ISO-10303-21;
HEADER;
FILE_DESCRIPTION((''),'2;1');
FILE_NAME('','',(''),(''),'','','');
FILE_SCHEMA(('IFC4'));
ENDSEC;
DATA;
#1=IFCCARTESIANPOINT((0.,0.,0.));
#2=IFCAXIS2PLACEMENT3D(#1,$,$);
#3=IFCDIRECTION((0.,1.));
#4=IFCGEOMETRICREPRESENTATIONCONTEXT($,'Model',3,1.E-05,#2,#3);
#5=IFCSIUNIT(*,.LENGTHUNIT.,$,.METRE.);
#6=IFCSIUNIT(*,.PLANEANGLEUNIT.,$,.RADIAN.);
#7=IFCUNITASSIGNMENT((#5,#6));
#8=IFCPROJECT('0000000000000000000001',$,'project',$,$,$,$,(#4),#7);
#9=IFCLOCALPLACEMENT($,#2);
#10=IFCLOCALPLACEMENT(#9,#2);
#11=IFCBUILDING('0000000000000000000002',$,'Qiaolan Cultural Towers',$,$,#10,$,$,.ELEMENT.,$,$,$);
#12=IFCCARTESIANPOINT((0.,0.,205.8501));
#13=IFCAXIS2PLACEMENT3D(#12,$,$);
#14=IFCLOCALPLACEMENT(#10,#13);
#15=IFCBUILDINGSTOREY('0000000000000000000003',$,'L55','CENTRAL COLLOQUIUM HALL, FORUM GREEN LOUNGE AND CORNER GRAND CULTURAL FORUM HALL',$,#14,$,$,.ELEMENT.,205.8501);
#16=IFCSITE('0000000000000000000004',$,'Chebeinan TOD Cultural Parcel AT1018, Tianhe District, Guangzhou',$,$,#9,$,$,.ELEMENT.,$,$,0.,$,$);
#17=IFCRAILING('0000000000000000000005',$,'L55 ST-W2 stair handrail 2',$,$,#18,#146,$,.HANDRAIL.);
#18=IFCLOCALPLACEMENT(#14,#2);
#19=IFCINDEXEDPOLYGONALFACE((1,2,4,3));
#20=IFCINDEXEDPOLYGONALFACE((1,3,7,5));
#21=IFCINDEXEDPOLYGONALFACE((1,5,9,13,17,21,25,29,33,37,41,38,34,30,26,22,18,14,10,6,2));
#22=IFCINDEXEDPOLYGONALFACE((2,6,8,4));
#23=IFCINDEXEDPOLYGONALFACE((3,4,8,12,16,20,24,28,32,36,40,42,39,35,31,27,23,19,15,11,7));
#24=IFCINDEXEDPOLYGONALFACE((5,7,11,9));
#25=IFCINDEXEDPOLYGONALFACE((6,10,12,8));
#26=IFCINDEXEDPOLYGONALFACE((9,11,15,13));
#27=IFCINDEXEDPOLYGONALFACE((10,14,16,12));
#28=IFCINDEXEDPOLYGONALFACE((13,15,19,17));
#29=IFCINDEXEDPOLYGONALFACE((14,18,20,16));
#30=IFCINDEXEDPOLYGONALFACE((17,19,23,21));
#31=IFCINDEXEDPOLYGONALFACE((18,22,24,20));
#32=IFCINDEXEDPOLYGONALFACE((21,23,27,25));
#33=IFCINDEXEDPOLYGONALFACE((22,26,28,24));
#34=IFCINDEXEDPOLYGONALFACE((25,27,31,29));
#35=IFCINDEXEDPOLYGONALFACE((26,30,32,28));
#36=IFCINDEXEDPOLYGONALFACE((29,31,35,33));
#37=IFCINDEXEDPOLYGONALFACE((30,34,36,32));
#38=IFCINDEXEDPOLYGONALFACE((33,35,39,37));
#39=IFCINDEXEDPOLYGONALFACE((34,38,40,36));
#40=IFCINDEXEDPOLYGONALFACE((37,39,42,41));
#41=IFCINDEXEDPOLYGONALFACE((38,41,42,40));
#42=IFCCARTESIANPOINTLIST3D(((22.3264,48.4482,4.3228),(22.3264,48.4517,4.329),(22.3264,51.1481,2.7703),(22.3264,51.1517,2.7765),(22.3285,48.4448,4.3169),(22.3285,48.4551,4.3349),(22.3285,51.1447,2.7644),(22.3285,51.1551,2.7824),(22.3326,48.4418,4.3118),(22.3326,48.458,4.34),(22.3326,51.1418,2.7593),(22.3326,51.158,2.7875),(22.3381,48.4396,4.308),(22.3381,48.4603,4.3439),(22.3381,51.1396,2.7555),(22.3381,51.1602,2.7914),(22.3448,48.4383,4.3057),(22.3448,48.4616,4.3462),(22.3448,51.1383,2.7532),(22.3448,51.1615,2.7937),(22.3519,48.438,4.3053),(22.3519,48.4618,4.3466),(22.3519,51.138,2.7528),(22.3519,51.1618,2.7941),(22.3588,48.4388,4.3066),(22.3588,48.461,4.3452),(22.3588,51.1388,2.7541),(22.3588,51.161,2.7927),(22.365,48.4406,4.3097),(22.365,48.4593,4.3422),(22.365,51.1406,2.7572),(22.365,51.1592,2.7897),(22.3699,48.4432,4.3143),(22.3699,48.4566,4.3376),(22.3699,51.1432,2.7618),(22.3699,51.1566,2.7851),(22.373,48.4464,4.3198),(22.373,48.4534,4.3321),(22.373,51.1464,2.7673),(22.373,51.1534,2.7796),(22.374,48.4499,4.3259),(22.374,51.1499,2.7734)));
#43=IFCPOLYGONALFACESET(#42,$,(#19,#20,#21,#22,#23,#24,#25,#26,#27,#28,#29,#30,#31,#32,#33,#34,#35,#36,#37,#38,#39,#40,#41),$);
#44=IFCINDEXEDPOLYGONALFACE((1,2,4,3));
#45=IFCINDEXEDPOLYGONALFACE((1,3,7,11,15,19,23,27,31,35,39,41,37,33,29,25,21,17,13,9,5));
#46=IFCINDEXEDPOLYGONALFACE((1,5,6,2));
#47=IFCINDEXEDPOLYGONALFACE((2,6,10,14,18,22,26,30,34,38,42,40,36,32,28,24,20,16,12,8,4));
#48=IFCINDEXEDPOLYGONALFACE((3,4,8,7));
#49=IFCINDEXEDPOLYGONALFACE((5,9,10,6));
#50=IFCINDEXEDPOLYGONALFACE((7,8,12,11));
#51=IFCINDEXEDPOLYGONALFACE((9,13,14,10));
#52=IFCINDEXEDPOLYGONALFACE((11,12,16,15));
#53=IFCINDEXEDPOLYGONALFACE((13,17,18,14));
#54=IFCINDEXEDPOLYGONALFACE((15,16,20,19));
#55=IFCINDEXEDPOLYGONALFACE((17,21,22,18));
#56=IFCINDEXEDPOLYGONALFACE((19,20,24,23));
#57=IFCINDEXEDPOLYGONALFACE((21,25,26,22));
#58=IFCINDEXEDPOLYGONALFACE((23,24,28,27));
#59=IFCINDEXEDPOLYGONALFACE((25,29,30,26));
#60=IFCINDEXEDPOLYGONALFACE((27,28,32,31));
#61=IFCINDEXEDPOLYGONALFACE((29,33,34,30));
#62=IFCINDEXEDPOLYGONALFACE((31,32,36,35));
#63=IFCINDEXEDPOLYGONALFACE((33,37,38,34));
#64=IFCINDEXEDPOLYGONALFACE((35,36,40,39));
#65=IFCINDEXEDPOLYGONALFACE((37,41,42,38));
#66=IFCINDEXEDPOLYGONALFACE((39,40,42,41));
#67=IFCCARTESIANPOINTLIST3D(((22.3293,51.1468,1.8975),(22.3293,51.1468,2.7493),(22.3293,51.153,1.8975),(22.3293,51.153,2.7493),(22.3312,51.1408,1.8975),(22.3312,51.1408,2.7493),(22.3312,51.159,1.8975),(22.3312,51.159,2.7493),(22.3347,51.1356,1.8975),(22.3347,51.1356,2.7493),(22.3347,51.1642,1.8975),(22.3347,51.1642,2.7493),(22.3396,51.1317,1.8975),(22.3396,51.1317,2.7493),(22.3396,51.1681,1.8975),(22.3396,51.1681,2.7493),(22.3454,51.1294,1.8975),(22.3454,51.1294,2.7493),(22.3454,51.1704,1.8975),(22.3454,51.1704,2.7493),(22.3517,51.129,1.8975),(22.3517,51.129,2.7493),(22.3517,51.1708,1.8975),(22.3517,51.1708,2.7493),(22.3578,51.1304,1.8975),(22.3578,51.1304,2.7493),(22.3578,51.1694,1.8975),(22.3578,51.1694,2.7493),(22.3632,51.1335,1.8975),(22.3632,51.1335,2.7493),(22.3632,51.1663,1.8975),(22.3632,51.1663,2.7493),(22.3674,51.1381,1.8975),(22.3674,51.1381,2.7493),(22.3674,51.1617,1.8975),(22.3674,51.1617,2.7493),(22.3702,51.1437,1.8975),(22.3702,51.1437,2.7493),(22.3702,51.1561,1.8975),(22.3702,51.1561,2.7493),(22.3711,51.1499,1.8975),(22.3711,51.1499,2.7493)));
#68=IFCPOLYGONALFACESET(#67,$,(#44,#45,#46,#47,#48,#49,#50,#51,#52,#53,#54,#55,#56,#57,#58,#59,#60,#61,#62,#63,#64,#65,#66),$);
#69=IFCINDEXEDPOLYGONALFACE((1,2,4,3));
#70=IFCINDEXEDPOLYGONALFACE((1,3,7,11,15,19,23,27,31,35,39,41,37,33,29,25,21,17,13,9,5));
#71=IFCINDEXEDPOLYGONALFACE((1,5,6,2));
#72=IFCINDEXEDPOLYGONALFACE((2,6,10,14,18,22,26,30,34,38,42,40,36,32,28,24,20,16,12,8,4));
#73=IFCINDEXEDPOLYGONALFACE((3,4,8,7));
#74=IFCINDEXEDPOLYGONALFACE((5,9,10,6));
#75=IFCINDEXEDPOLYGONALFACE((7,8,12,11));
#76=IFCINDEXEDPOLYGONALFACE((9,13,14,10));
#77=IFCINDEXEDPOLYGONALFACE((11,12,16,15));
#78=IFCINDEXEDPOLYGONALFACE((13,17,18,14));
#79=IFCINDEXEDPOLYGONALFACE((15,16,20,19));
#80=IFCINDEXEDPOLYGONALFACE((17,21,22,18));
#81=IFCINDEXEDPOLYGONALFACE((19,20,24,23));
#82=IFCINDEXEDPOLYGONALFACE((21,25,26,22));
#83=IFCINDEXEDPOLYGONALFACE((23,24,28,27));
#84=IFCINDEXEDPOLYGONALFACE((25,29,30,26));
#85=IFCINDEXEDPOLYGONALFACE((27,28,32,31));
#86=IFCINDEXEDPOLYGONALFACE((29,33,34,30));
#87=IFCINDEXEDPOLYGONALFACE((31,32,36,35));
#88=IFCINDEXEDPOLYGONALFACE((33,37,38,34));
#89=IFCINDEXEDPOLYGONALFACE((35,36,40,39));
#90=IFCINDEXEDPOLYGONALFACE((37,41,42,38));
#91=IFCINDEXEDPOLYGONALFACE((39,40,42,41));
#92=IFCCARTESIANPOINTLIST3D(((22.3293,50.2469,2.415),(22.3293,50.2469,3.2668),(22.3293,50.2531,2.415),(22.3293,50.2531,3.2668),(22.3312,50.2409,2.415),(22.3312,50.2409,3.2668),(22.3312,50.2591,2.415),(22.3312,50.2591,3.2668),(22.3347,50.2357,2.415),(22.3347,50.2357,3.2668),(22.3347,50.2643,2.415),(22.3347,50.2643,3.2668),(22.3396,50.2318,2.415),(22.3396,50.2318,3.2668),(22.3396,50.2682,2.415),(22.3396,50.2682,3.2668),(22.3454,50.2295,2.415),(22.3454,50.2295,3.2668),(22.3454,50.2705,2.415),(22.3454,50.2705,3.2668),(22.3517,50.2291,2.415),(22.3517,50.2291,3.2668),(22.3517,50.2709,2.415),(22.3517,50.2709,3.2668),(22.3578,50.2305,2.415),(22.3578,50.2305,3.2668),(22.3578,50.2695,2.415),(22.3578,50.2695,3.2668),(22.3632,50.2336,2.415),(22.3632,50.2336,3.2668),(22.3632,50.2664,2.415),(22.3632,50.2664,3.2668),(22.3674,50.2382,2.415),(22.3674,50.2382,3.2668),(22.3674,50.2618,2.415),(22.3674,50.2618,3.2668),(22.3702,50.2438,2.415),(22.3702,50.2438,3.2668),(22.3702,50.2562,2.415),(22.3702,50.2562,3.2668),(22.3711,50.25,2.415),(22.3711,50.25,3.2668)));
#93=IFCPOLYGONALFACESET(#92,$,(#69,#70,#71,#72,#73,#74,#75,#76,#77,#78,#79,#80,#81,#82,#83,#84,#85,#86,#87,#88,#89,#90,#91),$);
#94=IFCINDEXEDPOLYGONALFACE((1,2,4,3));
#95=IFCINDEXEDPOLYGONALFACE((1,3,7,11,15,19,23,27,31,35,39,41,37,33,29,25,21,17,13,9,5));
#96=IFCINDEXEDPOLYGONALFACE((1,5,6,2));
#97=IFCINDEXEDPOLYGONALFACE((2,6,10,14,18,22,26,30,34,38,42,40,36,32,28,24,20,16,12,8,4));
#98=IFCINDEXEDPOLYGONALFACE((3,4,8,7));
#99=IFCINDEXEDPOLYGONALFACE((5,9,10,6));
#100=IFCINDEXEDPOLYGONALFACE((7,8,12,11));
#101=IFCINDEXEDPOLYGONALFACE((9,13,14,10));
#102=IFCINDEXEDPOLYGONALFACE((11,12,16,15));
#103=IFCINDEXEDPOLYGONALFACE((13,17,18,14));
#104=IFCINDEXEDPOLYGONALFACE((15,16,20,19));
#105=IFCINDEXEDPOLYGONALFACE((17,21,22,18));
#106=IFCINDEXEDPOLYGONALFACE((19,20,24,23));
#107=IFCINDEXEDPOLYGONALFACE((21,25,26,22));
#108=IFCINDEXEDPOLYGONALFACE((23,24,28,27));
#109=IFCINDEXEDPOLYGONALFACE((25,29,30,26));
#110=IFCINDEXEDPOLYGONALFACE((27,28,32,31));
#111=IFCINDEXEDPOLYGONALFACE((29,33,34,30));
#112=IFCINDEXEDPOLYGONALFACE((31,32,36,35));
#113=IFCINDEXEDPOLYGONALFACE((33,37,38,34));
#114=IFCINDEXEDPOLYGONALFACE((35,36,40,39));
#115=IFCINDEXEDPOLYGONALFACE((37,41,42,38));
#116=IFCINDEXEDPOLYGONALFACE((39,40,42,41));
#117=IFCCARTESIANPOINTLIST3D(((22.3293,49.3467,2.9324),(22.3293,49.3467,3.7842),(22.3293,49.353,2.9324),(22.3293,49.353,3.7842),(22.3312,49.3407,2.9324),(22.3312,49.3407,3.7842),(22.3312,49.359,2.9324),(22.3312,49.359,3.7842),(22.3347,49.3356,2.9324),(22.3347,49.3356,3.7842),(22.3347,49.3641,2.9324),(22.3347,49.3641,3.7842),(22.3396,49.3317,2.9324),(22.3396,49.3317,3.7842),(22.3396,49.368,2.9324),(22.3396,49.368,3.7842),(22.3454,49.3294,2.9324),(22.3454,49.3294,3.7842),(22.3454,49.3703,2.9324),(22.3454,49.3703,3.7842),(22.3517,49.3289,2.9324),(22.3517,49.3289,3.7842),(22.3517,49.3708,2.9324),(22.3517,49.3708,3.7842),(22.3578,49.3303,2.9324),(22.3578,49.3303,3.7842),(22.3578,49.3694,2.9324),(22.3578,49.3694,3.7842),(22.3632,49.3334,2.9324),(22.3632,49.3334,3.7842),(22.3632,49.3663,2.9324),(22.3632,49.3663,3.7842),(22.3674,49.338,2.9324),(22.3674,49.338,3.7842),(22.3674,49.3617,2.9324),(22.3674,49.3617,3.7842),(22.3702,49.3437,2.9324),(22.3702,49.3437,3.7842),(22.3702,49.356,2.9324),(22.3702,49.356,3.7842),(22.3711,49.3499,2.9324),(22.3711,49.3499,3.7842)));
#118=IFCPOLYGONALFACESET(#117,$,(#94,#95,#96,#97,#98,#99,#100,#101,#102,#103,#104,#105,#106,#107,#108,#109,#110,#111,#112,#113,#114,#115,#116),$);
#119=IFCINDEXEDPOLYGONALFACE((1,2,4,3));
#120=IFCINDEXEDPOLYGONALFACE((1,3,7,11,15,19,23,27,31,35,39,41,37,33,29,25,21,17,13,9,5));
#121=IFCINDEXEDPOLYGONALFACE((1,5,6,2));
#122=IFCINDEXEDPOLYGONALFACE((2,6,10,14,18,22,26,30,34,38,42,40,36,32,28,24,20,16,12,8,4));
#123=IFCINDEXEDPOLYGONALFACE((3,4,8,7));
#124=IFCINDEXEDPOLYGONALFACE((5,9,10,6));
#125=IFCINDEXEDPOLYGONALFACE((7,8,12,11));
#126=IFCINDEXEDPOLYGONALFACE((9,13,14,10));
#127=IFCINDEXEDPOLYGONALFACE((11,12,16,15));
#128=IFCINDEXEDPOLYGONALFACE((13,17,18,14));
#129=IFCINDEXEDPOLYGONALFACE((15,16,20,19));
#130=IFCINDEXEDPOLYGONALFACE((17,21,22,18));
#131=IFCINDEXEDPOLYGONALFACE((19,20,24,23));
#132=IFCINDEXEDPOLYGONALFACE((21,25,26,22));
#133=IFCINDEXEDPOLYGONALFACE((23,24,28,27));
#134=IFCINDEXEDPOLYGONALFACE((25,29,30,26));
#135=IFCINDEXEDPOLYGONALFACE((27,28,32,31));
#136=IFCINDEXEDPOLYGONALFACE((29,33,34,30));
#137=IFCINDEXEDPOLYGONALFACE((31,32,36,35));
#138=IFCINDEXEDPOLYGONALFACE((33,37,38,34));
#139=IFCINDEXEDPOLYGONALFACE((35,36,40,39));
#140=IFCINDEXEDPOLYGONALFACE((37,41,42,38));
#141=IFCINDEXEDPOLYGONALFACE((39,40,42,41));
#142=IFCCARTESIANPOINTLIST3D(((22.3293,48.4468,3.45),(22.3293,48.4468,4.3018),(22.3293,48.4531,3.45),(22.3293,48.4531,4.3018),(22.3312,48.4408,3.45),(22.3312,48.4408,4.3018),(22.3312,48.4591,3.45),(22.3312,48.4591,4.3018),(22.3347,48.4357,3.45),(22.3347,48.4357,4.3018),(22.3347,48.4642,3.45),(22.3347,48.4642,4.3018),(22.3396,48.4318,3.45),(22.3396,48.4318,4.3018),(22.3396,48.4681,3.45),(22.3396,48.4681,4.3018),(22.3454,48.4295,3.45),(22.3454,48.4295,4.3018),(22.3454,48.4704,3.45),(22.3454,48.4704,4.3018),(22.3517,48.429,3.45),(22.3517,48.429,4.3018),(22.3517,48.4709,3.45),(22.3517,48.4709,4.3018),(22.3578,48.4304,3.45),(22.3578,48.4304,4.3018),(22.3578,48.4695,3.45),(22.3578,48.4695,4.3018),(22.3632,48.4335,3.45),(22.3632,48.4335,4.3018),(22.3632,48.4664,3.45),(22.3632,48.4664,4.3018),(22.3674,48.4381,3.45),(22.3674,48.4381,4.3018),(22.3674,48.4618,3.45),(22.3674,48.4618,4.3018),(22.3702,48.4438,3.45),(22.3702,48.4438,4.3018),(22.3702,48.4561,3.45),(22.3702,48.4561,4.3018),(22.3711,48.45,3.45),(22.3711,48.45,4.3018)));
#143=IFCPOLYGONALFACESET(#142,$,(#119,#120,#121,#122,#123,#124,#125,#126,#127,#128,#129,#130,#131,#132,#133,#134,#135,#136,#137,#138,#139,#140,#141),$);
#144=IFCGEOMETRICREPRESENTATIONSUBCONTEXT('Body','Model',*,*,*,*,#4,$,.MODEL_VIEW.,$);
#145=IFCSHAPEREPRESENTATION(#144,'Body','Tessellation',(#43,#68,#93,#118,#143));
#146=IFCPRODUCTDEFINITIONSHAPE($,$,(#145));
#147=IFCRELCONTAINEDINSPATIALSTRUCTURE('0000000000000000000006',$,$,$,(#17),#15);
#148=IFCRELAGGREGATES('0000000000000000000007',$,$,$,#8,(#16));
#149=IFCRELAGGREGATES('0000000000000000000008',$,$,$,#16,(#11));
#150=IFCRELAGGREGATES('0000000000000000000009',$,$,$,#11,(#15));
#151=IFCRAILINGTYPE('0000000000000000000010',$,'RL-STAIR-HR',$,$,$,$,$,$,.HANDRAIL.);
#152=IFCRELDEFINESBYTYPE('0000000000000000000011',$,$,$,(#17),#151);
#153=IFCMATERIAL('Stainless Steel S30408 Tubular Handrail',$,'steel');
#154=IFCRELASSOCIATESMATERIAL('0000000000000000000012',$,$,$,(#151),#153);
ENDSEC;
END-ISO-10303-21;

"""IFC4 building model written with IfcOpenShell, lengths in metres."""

from ifc_helpers import new_model, si_unit, direction, frame, origin, origin_2d, place, context, subcontext, project, spatial, circle, extrude, material, type_object, element, save


model = new_model("IFC4")

# Units and contexts
model_context = context("Model", 3, precision=1e-05, world=origin(), true_north=direction((0.0, 1.0)))
body_context = subcontext(model_context, "Body", "Model", "MODEL_VIEW")
ifc_project = project(units=[si_unit("LENGTHUNIT", "METRE"), si_unit("PLANEANGLEUNIT", "RADIAN")], contexts=[model_context])

# Site, building, storey
site_placement = place(None, origin())
site = spatial("IfcSite", under=ifc_project, at=site_placement, Name="Chebeinan TOD Cultural Parcel AT1018, Tianhe District, Guangzhou", CompositionType="ELEMENT", RefElevation=0.0)
building_placement = place(site_placement, origin())
building = spatial("IfcBuilding", under=site, at=building_placement, Name="Qiaolan Cultural Towers", CompositionType="ELEMENT")
storey_placement = place(building_placement, frame((0.0, 0.0, 205.8501)))
storey = spatial("IfcBuildingStorey", under=building, at=storey_placement, Name="L55", Description="CENTRAL COLLOQUIUM HALL, FORUM GREEN LOUNGE AND CORNER GRAND CULTURAL FORUM HALL", CompositionType="ELEMENT", Elevation=205.8501)

# Railing
ifc_material_1 = material(Name="Stainless Steel S30408 Tubular Handrail", Category="steel")
railing_type_1 = type_object("IfcRailingType", Name="RL-STAIR-HR", PredefinedType="HANDRAIL", material=ifc_material_1)
railing_1_placement = place(storey_placement, frame((22.3501, 51.1499, 1.8975)))
element("IfcRailing", 1, at=railing_1_placement, inside=storey, type_object=railing_type_1, Name="L55 ST-W2 stair handrail 2", PredefinedType="HANDRAIL", context=body_context, shape_type="SweptSolid", body=[
    extrude(circle(Radius=0.0239, at=origin_2d()), frame((0.0, 0.0, 0.876), z_axis=(0.0, -0.866904, 0.498476), x_axis=(1.0, 0.0, 0.0)), (0.0, 0.0, 1.0), 3.1145),
    extrude(circle(Radius=0.021, at=origin_2d()), origin(), (0.0, 0.0, 1.0), 0.8518),
    extrude(circle(Radius=0.021, at=origin_2d()), frame((0.0, -0.8999, 0.5176)), (0.0, 0.0, 1.0), 0.8518),
    extrude(circle(Radius=0.021, at=origin_2d()), frame((0.0, -1.8, 1.0349)), (0.0, 0.0, 1.0), 0.8518),
    extrude(circle(Radius=0.021, at=origin_2d()), frame((0.0, -2.7, 1.5525)), (0.0, 0.0, 1.0), 0.8518),
])

save(model, "model.ifc")
